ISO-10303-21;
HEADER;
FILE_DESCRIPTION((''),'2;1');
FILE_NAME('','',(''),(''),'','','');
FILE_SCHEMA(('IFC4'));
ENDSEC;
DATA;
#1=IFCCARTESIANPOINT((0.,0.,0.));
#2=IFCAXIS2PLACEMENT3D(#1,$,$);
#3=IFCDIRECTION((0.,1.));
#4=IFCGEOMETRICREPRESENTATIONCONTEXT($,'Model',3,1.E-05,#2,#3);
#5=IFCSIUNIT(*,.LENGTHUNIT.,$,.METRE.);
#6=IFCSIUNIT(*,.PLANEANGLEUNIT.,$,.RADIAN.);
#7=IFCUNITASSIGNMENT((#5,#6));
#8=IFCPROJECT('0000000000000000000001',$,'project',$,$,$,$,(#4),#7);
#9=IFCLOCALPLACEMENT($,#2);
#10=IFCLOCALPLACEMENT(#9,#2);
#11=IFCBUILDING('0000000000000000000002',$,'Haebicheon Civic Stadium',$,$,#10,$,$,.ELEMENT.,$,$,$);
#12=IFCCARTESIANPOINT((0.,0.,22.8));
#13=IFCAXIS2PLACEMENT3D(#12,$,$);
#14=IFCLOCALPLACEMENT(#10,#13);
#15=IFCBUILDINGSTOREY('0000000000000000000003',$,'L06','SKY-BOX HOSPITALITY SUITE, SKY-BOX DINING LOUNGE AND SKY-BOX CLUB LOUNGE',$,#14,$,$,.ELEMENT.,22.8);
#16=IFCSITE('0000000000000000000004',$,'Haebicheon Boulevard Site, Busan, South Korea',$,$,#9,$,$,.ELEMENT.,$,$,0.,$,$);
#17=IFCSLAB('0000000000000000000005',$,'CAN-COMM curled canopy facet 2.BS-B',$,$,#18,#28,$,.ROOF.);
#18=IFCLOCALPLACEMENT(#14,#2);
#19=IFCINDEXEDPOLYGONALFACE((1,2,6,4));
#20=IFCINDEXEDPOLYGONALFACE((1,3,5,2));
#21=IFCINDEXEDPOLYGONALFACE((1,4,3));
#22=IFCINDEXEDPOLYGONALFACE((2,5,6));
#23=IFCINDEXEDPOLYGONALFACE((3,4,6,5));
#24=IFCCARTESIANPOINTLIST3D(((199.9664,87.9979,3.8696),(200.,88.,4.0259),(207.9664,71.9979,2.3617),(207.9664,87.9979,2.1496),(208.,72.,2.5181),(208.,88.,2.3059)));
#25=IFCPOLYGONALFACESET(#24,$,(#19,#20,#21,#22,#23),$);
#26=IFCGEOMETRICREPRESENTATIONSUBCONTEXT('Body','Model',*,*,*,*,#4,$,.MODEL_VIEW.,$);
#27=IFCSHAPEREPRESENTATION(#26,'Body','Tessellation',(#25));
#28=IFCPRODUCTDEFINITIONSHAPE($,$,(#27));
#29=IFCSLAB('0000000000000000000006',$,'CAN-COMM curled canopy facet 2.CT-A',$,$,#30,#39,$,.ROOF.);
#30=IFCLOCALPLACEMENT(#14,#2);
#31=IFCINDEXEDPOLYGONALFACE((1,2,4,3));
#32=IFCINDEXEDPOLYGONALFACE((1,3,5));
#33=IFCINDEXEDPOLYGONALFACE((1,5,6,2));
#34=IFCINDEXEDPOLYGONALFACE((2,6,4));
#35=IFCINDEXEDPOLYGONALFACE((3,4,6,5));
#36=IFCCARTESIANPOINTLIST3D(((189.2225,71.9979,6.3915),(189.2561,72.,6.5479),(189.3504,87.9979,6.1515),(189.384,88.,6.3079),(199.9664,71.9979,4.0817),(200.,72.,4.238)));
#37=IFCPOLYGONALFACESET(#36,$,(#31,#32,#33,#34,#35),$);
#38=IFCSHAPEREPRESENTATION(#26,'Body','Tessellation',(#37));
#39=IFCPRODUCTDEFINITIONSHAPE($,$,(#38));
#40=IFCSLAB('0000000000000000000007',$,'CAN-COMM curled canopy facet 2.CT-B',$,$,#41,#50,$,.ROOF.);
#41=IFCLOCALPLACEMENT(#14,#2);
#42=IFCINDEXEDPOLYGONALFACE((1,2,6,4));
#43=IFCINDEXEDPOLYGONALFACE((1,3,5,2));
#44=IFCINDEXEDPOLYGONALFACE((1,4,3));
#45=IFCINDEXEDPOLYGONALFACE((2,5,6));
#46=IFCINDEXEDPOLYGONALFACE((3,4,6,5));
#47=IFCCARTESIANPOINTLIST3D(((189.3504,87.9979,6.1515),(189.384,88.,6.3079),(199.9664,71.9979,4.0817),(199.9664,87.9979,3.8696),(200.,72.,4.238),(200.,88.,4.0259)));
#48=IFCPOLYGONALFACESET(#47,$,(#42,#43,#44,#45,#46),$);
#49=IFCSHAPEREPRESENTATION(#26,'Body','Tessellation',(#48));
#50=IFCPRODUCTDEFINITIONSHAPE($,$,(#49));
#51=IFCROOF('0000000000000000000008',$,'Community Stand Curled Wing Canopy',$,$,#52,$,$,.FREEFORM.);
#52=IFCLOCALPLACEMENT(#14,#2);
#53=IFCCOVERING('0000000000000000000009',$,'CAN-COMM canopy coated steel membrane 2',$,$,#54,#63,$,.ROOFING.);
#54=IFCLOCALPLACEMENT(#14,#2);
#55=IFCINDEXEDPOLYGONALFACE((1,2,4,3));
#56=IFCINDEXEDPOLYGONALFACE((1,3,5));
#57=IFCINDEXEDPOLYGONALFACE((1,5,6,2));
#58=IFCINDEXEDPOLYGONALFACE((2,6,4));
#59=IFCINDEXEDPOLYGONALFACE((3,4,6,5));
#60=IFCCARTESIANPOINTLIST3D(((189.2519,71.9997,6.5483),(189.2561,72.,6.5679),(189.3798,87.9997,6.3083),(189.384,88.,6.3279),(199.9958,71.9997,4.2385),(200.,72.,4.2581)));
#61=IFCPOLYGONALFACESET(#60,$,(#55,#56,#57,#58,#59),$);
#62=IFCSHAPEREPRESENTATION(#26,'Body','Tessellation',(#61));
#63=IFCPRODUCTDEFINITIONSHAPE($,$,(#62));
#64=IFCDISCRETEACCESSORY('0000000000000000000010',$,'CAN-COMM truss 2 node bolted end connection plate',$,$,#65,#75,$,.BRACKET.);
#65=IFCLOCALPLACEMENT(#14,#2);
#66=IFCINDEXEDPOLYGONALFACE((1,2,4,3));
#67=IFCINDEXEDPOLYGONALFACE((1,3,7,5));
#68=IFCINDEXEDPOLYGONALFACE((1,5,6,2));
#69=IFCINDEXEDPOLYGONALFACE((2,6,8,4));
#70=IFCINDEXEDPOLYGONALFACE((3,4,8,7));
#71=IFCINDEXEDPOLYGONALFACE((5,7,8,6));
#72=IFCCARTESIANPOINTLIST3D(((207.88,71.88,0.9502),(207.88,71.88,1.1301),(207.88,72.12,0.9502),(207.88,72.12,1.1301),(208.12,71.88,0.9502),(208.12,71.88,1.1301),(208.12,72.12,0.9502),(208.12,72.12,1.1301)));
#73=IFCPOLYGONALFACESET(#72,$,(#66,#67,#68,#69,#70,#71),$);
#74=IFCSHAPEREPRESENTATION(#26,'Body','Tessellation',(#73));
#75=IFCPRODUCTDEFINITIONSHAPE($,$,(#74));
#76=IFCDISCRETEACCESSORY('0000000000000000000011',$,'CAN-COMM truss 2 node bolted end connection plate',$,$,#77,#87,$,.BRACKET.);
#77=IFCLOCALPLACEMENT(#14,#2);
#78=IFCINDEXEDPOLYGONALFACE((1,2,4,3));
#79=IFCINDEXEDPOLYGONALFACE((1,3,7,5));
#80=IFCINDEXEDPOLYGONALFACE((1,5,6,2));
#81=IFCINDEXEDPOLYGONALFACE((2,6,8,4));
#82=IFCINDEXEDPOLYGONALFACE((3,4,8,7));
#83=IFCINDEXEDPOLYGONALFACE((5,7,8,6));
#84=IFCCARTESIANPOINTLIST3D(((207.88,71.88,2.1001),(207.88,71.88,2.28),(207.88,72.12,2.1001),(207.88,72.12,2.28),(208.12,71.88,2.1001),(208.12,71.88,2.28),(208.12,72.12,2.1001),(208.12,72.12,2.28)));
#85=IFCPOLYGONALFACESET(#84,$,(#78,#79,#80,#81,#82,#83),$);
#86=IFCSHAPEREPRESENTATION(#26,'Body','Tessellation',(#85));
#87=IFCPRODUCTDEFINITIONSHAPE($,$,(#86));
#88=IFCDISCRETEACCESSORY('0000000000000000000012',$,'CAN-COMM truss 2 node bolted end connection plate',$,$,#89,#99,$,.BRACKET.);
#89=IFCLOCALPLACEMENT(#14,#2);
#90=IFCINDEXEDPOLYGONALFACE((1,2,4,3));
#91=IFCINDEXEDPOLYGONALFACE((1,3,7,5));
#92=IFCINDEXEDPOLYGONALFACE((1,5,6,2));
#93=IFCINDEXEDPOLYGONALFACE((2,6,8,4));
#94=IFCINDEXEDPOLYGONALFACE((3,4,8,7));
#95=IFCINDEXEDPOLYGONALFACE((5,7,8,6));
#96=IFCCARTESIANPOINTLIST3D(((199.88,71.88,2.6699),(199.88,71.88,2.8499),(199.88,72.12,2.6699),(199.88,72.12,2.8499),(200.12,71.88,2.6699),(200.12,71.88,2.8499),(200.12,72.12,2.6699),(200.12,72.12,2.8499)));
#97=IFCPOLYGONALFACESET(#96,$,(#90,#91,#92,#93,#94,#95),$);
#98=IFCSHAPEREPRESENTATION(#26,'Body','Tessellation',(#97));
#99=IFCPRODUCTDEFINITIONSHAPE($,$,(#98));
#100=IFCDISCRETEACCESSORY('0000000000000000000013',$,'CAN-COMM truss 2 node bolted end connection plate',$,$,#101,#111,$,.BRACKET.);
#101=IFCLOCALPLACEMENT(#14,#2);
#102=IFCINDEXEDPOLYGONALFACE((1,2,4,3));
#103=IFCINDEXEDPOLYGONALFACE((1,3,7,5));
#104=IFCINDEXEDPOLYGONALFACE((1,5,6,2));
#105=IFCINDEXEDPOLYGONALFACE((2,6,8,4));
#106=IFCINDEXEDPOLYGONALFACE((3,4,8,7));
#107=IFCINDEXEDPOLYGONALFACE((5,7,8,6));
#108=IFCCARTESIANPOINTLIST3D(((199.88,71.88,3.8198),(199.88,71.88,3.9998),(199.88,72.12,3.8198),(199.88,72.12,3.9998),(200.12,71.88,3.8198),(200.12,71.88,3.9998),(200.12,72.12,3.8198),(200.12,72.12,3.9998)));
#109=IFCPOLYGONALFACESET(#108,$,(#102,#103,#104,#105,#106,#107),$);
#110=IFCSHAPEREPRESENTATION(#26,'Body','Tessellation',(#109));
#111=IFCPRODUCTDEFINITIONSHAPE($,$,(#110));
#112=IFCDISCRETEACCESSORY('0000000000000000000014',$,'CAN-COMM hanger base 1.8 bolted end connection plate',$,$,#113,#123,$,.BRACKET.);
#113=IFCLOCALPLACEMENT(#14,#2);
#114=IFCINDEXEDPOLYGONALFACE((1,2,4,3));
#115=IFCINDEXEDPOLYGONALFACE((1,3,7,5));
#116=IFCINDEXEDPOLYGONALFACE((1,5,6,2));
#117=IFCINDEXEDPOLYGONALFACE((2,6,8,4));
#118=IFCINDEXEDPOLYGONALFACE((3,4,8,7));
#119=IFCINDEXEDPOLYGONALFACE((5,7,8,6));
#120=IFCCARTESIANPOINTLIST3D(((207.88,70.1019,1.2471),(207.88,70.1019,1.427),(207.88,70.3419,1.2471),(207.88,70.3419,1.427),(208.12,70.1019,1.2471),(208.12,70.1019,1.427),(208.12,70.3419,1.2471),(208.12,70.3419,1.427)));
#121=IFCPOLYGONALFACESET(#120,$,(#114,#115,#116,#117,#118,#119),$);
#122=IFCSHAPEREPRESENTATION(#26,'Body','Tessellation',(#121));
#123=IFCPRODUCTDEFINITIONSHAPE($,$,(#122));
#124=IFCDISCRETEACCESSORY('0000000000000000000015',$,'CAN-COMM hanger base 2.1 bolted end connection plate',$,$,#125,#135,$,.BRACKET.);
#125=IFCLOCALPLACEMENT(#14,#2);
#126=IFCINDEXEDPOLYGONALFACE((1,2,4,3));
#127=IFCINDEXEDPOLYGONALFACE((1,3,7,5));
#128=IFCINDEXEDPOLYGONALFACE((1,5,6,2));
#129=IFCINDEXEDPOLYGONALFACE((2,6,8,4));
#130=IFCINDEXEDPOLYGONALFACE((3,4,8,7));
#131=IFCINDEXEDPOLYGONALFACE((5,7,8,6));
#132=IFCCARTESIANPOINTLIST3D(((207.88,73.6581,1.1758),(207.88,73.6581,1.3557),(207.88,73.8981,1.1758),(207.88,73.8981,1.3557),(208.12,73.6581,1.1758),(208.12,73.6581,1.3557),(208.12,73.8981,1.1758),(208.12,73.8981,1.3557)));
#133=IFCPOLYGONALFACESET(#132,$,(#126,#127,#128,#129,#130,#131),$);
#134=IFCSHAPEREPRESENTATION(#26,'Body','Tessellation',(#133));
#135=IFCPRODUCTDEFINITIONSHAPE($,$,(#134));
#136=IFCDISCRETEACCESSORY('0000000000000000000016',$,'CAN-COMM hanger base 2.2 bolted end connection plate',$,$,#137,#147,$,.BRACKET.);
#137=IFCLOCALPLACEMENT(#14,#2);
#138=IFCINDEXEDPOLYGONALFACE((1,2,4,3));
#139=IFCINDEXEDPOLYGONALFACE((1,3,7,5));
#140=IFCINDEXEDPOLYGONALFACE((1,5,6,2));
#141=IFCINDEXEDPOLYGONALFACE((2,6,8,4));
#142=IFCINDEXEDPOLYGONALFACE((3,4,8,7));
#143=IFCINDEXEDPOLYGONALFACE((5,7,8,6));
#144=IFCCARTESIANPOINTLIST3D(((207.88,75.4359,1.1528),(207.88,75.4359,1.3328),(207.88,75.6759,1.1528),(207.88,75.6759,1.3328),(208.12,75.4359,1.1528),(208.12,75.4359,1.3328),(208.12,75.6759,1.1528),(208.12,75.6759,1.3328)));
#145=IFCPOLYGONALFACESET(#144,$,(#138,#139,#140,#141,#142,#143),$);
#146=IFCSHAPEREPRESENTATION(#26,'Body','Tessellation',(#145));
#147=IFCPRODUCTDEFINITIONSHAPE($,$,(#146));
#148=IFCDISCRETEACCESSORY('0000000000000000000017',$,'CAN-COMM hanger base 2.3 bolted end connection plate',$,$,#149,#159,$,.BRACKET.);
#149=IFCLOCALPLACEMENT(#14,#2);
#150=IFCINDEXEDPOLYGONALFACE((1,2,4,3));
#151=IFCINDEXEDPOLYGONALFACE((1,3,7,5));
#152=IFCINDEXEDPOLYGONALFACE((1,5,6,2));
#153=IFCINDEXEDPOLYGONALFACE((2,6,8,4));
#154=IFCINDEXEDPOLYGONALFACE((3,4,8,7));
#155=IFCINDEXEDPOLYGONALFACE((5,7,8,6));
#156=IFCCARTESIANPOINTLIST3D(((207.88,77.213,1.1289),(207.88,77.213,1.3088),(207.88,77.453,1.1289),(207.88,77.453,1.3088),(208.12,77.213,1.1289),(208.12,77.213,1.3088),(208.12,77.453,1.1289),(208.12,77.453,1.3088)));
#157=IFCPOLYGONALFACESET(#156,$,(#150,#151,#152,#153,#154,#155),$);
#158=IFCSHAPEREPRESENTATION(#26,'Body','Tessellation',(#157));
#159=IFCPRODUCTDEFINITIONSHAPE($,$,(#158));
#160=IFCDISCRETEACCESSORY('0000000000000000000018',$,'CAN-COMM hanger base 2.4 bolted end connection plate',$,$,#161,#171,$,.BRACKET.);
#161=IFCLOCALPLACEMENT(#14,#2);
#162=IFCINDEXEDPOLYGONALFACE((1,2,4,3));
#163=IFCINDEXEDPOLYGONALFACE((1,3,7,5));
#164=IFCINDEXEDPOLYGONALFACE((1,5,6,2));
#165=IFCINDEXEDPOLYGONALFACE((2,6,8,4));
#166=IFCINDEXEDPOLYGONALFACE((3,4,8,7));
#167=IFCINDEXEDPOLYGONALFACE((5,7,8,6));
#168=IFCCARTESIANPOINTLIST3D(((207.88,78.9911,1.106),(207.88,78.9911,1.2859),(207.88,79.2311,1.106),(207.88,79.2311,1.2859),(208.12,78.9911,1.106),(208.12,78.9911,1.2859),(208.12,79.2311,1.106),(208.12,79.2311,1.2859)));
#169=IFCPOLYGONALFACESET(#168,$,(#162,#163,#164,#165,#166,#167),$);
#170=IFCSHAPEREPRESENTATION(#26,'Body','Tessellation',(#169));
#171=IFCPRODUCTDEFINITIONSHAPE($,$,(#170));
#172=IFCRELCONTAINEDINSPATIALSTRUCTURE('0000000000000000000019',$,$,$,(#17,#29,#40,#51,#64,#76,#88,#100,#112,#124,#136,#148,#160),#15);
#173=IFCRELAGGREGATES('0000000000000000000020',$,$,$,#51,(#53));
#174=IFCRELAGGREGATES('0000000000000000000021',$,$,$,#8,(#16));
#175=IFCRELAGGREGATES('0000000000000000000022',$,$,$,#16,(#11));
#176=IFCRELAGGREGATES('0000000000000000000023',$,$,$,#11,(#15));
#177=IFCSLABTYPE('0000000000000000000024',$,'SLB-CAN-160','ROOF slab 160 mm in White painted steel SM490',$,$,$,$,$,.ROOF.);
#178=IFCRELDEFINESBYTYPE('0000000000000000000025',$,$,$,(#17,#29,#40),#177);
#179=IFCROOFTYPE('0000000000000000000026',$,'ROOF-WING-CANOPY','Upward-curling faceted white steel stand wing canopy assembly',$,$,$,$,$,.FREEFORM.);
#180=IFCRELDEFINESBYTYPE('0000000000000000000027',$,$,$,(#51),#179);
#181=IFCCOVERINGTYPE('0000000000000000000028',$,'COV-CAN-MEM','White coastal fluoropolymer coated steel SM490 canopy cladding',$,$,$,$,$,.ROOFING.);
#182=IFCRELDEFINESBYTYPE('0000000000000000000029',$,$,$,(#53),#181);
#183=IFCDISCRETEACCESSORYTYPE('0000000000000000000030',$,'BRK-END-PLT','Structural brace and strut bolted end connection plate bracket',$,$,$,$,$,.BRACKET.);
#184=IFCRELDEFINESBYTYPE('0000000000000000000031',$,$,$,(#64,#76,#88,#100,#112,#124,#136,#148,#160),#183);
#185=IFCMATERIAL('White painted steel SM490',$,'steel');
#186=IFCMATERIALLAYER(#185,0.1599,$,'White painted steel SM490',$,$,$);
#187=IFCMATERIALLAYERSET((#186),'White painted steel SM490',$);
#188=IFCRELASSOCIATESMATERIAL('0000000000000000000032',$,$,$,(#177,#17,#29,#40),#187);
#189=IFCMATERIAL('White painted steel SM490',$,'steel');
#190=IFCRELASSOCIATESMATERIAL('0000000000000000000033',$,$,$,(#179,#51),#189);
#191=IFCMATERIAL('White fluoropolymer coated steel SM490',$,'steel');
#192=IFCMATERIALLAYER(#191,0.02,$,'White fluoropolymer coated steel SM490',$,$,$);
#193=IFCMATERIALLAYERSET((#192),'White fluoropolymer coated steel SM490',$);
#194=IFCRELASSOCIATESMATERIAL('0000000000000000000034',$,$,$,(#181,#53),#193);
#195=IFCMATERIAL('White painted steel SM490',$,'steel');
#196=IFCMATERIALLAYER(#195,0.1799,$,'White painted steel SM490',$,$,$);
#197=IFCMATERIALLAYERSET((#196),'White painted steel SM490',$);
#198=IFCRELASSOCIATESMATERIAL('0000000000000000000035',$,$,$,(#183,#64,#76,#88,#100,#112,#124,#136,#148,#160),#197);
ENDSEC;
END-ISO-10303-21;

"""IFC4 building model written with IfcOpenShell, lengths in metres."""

from ifc_helpers import new_model, si_unit, direction, frame, origin, origin_2d, place, context, subcontext, project, spatial, polyline, rectangle, outline, extrude, material, layer, layer_set, type_object, element, aggregate, save


model = new_model("IFC4")

# Units and contexts
model_context = context("Model", 3, precision=1e-05, world=origin(), true_north=direction((0.0, 1.0)))
body_context = subcontext(model_context, "Body", "Model", "MODEL_VIEW")
ifc_project = project(units=[si_unit("LENGTHUNIT", "METRE"), si_unit("PLANEANGLEUNIT", "RADIAN")], contexts=[model_context])

# Site, building, storey
site_placement = place(None, origin())
site = spatial("IfcSite", under=ifc_project, at=site_placement, Name="Haebicheon Boulevard Site, Busan, South Korea", CompositionType="ELEMENT", RefElevation=0.0)
building_placement = place(site_placement, origin())
building = spatial("IfcBuilding", under=site, at=building_placement, Name="Haebicheon Civic Stadium", CompositionType="ELEMENT")
storey_placement = place(building_placement, frame((0.0, 0.0, 22.8)))
storey = spatial("IfcBuildingStorey", under=building, at=storey_placement, Name="L06", Description="SKY-BOX HOSPITALITY SUITE, SKY-BOX DINING LOUNGE AND SKY-BOX CLUB LOUNGE", CompositionType="ELEMENT", Elevation=22.8)

# Slabs
ifc_material_1 = material(Name="White painted steel SM490", Category="steel")
ifc_layer_1 = layer(ifc_material_1, 0.1599, Name="White painted steel SM490")
ifc_layer_set_1 = layer_set([ifc_layer_1], Name="White painted steel SM490")
slab_type = type_object("IfcSlabType", Name="SLB-CAN-160", Description="ROOF slab 160 mm in White painted steel SM490", PredefinedType="ROOF", material=ifc_layer_set_1)
slab_1_placement = place(storey_placement, frame((208.0, 72.0, 2.5181), z_axis=(0.210176, 0.012963, 0.977578), x_axis=(-0.445633, 0.891267, 0.083991)))
element("IfcSlab", 1, at=slab_1_placement, inside=storey, type_object=slab_type, material=ifc_layer_set_1, Name="CAN-COMM curled canopy facet 2.BS-B", PredefinedType="ROOF", context=body_context, shape_type="SweptSolid", body=[
    extrude(outline(polyline([(0.0, 0.0), (17.952, 0.0), (14.2424, -7.2937), (0.0, 0.0)])), origin(), (0.0, 0.0, -1.0), 0.1599),
])
slab_2_placement = place(storey_placement, frame((200.0, 72.0, 4.238), z_axis=(0.210168, 0.012983, 0.977579), x_axis=(-0.977661, 0.0, 0.210186)))
element("IfcSlab", 2, at=slab_2_placement, inside=storey, type_object=slab_type, material=ifc_layer_set_1, Name="CAN-COMM curled canopy facet 2.CT-A", PredefinedType="ROOF", context=body_context, shape_type="SweptSolid", body=[
    extrude(outline(polyline([(0.0, 0.0), (10.9894, 0.0), (10.8139, -16.0013), (0.0, 0.0)])), origin(), (0.0, 0.0, -1.0), 0.1599),
])
slab_3_placement = place(storey_placement, frame((200.0, 72.0, 4.238), z_axis=(0.210139, 0.012963, 0.977585), x_axis=(-0.549687, 0.828468, 0.107174)))
element("IfcSlab", 3, at=slab_3_placement, inside=storey, type_object=slab_type, material=ifc_layer_set_1, Name="CAN-COMM curled canopy facet 2.CT-B", PredefinedType="ROOF", context=body_context, shape_type="SweptSolid", body=[
    extrude(outline(polyline([(0.0, 0.0), (19.3128, 0.0), (13.2327, -8.9966), (0.0, 0.0)])), origin(), (0.0, 0.0, -1.0), 0.1599),
])

# Roof, covering
ifc_material_2 = material(Name="White painted steel SM490", Category="steel")
roof_type = type_object("IfcRoofType", Name="ROOF-WING-CANOPY", Description="Upward-curling faceted white steel stand wing canopy assembly", PredefinedType="FREEFORM", material=ifc_material_2)
roof_placement = place(storey_placement, origin())
roof = element("IfcRoof", 4, at=roof_placement, inside=storey, type_object=roof_type, material=ifc_material_2, Name="Community Stand Curled Wing Canopy", PredefinedType="FREEFORM")
ifc_material_3 = material(Name="White fluoropolymer coated steel SM490", Category="steel")
ifc_layer_2 = layer(ifc_material_3, 0.02, Name="White fluoropolymer coated steel SM490")
ifc_layer_set_2 = layer_set([ifc_layer_2], Name="White fluoropolymer coated steel SM490")
covering_type = type_object("IfcCoveringType", Name="COV-CAN-MEM", Description="White coastal fluoropolymer coated steel SM490 canopy cladding", PredefinedType="ROOFING", material=ifc_layer_set_2)
covering_placement = place(storey_placement, frame((200.0, 72.0, 4.2581), z_axis=(0.210168, 0.012983, 0.977579), x_axis=(-0.977661, 0.0, 0.210186)))
covering = element("IfcCovering", 5, at=covering_placement, type_object=covering_type, material=ifc_layer_set_2, Name="CAN-COMM canopy coated steel membrane 2", PredefinedType="ROOFING", context=body_context, shape_type="SweptSolid", body=[
    extrude(outline(polyline([(0.0, 0.0), (10.9894, 0.0), (10.8139, -16.0013), (0.0, 0.0)])), origin(), (0.0, 0.0, -1.0), 0.02),
])
aggregate(roof, [covering])

# Discrete accessories
ifc_material_4 = material(Name="White painted steel SM490", Category="steel")
ifc_layer_3 = layer(ifc_material_4, 0.1799, Name="White painted steel SM490")
ifc_layer_set_3 = layer_set([ifc_layer_3], Name="White painted steel SM490")
discrete_accessory_type = type_object("IfcDiscreteAccessoryType", Name="BRK-END-PLT", Description="Structural brace and strut bolted end connection plate bracket", PredefinedType="BRACKET", material=ifc_layer_set_3)
for number, where, z_axis, x_axis, name in (
    (6, (208.0, 72.0, 0.9502), (0.0, 0.0, 1.0), (1.0, 0.0, 0.0), "CAN-COMM truss 2 node bolted end connection plate"),
    (7, (208.0, 72.0, 2.1001), (0.0, 0.0, 1.0), (1.0, 0.0, 0.0), "CAN-COMM truss 2 node bolted end connection plate"),
    (8, (200.0, 72.0, 2.6699), (0.0, 0.0, 1.0), (1.0, 0.0, 0.0), "CAN-COMM truss 2 node bolted end connection plate"),
    (9, (200.0, 72.0, 3.8198), (0.0, 0.0, 1.0), (1.0, 0.0, 0.0), "CAN-COMM truss 2 node bolted end connection plate"),
    (10, (208.0, 70.2219, 1.2471), (0.0, 0.0, 1.0), (1.0, 0.0, 0.0), "CAN-COMM hanger base 1.8 bolted end connection plate"),
    (11, (208.0, 73.7781, 1.1758), (0.0, 0.0, 1.0), (1.0, 0.0, 0.0), "CAN-COMM hanger base 2.1 bolted end connection plate"),
    (12, (208.0, 75.5559, 1.1528), (0.0, 0.0, 1.0), (1.0, 0.0, 0.0), "CAN-COMM hanger base 2.2 bolted end connection plate"),
    (13, (208.0, 77.333, 1.1289), (0.0, 0.0, 1.0), (1.0, 0.0, 0.0), "CAN-COMM hanger base 2.3 bolted end connection plate"),
    (14, (208.0, 79.1111, 1.106), (0.0, 0.0, 1.0), (1.0, 0.0, 0.0), "CAN-COMM hanger base 2.4 bolted end connection plate"),
):
    element("IfcDiscreteAccessory", number, at=place(storey_placement, frame(where, z_axis=z_axis, x_axis=x_axis)), inside=storey, type_object=discrete_accessory_type, material=ifc_layer_set_3, Name=name, PredefinedType="BRACKET", context=body_context, shape_type="SweptSolid", body=[
        extrude(rectangle(XDim=0.24, YDim=0.24, at=origin_2d()), origin(), (0.0, 0.0, 1.0), 0.1799),
    ])

save(model, "model.ifc")
